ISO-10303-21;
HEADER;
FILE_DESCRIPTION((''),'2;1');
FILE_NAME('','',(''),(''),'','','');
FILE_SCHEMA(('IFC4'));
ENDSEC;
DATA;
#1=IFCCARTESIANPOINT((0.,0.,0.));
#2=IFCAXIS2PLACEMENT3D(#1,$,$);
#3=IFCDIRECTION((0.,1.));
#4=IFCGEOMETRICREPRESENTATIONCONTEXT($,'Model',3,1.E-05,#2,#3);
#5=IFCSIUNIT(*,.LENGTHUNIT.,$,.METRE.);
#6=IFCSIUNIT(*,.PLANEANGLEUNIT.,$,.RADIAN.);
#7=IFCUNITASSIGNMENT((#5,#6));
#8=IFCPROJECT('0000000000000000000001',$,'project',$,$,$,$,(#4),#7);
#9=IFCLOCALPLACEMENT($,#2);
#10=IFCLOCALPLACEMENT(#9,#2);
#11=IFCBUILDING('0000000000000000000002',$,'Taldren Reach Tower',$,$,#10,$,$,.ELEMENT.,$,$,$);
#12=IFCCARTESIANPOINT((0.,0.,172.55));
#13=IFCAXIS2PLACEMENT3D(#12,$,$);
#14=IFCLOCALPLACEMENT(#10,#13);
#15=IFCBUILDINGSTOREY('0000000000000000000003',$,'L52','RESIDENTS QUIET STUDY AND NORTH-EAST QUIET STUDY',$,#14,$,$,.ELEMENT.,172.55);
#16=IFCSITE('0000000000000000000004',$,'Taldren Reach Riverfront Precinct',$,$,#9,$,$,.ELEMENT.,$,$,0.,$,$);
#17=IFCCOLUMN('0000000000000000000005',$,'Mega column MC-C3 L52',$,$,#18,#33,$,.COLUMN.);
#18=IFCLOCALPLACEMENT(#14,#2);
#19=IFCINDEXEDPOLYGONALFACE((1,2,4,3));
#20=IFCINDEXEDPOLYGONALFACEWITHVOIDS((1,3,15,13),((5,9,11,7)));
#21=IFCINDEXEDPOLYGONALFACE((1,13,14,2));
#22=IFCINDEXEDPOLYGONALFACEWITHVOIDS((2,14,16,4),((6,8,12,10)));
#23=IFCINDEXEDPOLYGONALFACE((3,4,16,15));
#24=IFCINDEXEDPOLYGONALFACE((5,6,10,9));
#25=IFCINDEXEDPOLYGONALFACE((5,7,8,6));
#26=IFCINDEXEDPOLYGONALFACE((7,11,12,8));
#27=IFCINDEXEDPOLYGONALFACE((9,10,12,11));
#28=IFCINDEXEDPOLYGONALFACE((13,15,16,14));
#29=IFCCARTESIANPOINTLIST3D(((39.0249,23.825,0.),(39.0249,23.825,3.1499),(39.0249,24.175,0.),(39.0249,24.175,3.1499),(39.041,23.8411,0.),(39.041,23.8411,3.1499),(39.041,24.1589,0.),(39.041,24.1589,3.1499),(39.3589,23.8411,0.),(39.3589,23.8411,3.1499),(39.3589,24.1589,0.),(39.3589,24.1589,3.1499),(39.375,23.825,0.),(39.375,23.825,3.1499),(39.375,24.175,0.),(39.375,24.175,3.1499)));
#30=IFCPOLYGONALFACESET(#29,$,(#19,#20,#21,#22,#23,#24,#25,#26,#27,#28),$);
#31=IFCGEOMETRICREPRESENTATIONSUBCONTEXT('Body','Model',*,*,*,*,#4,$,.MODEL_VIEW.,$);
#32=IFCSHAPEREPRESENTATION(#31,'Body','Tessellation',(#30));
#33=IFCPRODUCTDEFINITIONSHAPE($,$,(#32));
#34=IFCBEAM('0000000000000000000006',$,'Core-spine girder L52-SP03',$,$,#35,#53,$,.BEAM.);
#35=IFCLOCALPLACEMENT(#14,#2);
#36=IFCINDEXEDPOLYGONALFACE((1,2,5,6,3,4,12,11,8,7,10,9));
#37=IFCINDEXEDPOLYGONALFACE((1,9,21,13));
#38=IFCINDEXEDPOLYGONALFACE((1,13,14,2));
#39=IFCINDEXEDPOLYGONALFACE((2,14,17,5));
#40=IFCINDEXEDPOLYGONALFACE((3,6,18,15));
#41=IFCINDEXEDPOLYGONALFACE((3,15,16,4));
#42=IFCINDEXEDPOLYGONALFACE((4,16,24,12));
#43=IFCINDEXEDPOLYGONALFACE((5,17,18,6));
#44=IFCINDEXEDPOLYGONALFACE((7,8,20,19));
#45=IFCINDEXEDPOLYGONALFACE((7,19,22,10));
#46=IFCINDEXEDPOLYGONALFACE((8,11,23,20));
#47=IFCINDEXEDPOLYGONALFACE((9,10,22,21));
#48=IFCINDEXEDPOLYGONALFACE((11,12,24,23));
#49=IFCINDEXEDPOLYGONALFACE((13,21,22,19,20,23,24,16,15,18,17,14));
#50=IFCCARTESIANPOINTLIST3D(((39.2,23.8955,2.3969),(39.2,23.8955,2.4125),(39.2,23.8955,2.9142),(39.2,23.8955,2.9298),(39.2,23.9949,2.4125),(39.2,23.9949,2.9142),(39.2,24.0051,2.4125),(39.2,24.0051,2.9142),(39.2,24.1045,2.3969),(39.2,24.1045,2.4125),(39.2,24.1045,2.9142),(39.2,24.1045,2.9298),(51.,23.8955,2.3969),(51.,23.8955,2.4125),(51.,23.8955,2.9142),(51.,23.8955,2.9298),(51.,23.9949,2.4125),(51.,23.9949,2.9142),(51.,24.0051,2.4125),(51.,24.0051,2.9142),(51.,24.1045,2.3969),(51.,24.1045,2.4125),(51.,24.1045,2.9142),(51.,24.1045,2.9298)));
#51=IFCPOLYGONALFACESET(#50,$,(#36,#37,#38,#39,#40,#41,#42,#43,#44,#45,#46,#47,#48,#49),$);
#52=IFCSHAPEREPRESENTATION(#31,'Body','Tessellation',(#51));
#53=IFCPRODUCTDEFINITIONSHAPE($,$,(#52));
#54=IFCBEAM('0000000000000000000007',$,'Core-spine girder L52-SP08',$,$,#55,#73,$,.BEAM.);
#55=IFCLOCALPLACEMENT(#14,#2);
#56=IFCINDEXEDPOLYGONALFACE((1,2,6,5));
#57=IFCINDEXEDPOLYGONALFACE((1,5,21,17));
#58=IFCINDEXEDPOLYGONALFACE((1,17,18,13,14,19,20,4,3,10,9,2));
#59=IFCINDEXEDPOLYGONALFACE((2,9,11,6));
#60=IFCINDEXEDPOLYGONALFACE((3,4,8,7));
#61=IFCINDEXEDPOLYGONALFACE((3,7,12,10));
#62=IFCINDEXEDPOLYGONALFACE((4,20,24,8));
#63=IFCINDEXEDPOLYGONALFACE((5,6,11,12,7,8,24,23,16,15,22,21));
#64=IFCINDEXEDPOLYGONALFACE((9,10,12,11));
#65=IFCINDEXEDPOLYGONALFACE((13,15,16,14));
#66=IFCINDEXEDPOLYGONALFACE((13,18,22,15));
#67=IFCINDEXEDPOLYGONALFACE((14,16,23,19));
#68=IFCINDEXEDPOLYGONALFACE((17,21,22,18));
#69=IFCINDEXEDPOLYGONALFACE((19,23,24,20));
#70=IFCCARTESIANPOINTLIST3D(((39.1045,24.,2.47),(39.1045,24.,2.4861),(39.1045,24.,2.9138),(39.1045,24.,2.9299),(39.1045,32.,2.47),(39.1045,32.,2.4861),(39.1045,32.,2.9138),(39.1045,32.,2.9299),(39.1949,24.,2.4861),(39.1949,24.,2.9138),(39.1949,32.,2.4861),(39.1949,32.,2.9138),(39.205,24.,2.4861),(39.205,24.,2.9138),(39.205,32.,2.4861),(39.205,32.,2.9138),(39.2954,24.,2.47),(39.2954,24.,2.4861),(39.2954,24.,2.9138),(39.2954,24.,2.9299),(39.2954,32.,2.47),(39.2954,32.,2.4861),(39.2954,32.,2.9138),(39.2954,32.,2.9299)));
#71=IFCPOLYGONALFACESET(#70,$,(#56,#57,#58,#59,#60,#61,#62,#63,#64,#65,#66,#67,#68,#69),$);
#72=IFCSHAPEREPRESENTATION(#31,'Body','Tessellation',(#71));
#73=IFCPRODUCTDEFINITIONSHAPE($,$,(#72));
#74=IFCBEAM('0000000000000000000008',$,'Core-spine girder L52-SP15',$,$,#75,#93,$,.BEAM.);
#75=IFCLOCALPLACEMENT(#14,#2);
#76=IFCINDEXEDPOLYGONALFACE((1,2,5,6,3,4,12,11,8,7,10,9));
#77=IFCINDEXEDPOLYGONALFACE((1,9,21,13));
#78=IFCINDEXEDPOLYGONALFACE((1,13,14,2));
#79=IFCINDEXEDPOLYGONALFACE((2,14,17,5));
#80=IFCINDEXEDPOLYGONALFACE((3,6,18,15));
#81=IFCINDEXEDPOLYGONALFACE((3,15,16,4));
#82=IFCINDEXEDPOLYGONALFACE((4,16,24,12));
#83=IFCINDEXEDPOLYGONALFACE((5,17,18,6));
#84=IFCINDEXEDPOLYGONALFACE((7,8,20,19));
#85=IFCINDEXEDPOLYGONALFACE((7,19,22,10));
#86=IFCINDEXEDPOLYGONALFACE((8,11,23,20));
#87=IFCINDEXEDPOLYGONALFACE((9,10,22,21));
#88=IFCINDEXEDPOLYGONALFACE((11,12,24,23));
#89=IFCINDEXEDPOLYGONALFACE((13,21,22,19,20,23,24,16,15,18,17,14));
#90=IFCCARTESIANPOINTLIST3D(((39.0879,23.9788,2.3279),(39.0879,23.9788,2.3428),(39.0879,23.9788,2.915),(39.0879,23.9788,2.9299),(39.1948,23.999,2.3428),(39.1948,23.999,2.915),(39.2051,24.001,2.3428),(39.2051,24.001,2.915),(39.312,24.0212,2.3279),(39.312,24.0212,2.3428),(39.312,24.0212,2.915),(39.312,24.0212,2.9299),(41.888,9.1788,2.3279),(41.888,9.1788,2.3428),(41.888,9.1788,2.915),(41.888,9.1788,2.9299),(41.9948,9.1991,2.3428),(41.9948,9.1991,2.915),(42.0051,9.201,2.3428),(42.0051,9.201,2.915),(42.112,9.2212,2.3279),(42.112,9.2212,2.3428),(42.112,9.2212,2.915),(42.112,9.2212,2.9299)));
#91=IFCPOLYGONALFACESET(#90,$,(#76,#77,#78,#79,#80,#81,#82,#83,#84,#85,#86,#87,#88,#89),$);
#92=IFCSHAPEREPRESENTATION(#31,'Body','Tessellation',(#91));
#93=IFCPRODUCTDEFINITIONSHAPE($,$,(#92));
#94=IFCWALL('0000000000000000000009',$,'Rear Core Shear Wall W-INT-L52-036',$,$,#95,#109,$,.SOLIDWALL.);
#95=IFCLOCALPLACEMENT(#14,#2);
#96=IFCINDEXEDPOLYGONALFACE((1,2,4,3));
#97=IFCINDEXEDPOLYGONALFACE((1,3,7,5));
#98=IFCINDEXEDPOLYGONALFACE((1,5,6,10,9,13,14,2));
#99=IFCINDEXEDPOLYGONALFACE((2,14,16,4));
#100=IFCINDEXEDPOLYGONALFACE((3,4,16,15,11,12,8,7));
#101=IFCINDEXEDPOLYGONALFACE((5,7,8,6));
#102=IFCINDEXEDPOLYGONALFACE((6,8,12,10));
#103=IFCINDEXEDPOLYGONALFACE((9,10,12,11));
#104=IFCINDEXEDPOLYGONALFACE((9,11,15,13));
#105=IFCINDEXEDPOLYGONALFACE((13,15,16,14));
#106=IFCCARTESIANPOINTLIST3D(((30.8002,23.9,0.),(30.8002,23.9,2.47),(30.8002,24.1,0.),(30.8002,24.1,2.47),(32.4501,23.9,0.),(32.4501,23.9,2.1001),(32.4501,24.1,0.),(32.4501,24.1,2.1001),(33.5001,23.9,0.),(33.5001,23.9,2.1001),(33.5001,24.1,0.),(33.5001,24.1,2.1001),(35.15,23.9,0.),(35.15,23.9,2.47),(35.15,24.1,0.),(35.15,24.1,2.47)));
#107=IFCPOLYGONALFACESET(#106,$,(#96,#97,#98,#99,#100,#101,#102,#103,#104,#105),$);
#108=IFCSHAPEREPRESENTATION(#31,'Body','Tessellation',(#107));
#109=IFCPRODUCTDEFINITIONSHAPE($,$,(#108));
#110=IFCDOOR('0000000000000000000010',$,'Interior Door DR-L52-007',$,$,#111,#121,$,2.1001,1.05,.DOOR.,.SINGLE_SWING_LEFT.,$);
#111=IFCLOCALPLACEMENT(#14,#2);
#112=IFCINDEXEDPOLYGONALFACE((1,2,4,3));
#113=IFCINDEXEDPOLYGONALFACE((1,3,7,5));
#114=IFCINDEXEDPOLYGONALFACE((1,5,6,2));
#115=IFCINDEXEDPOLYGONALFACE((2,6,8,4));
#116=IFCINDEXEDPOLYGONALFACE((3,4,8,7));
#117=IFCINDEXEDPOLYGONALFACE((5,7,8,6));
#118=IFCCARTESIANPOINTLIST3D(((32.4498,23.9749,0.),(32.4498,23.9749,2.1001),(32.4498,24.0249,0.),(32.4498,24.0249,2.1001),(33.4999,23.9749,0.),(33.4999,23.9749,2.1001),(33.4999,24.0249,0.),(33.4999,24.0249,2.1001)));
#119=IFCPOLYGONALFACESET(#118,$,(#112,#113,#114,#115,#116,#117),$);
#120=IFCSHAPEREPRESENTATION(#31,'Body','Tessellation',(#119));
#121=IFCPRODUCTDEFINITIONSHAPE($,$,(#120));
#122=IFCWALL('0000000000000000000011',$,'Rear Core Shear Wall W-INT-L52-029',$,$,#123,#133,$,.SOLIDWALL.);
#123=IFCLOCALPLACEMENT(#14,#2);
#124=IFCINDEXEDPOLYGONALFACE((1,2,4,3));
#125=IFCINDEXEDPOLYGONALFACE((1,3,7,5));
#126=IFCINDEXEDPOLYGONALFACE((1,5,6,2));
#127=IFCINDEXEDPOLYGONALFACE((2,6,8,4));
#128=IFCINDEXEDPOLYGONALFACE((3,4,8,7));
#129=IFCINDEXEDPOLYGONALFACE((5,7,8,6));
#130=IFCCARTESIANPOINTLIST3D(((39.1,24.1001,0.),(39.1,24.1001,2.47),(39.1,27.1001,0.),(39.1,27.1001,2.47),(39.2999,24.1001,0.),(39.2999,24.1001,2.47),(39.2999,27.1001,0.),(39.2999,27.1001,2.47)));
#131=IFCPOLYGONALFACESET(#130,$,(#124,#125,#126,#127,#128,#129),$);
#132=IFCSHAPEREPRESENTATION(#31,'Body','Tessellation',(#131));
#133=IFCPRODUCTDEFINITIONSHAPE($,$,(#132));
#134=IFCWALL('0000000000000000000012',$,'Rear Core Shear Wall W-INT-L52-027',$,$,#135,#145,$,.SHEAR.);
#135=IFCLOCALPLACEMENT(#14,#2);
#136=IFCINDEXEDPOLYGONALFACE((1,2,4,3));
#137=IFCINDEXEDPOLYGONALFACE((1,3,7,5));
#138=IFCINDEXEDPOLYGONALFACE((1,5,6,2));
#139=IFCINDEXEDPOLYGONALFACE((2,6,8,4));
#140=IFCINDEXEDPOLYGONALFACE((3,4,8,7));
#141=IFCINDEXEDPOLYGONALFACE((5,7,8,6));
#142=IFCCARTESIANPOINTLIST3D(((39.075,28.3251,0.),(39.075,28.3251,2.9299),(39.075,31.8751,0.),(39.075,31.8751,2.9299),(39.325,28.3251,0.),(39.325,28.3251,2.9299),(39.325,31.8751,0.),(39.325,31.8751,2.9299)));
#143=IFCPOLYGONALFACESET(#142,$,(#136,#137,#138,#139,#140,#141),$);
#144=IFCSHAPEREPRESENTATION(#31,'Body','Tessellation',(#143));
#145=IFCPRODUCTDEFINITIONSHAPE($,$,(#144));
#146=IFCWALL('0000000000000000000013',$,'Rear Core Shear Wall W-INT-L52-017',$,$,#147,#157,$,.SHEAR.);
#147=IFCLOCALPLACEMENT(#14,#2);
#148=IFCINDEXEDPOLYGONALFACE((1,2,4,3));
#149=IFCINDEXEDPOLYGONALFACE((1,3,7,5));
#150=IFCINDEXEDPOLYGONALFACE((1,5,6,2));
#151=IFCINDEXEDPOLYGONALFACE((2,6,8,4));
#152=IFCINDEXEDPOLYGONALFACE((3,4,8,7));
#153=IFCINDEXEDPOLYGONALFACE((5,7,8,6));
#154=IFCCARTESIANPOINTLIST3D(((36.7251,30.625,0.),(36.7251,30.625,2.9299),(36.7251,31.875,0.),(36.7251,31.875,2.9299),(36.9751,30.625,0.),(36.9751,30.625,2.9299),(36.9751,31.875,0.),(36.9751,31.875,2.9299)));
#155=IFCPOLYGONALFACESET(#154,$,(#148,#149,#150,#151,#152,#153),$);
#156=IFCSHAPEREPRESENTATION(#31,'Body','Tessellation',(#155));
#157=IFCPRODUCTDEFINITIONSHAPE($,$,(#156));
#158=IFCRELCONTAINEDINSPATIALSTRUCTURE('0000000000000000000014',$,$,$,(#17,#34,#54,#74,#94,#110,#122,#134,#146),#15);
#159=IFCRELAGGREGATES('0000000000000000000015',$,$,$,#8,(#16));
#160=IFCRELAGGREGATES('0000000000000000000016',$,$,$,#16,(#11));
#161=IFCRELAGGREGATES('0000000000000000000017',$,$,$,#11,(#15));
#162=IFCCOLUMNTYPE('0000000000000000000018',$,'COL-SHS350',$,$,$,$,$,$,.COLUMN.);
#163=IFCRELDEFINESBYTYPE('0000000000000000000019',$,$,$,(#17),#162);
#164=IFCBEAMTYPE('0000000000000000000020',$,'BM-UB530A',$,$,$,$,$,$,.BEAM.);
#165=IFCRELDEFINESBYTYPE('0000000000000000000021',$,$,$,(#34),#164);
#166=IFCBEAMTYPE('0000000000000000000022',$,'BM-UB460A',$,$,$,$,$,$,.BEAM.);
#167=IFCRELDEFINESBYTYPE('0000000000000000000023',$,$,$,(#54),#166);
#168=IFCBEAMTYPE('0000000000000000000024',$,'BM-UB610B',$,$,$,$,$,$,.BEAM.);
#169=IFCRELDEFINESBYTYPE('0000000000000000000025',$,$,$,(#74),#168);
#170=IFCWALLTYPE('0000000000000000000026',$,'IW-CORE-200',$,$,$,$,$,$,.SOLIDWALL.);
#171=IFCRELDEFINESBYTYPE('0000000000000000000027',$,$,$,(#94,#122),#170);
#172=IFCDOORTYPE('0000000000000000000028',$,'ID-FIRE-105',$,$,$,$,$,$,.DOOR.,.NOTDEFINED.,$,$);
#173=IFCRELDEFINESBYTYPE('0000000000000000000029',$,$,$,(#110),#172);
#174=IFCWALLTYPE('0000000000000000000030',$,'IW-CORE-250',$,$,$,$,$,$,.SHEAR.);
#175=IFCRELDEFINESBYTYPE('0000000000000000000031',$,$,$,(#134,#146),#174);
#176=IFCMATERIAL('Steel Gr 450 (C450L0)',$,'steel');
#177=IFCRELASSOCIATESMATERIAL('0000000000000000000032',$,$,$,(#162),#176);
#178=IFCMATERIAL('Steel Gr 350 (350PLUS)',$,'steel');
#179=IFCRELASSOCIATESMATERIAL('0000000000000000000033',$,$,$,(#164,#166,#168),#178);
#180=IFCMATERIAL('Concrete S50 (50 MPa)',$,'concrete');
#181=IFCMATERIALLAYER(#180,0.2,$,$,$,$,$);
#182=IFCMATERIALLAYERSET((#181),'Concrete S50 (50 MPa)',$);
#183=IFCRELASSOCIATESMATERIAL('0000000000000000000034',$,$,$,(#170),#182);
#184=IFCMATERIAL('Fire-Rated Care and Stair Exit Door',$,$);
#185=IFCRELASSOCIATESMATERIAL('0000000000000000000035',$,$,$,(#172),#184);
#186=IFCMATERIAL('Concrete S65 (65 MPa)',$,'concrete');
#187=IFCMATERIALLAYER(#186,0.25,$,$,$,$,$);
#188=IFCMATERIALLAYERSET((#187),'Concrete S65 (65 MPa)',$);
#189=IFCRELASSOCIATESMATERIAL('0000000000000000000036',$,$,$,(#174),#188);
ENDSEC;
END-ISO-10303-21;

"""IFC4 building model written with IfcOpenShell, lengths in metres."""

from ifc_helpers import new_model, si_unit, direction, frame, frame_2d, origin, origin_2d, place, context, subcontext, project, spatial, rectangle, hollow_rectangle, i_section, extrude, source, transform, mapped, material, layer, layer_set, material_profile, profile_set, type_object, element, fill, save


model = new_model("IFC4")

# Units and contexts
model_context = context("Model", 3, precision=1e-05, world=origin(), true_north=direction((0.0, 1.0)))
body_context = subcontext(model_context, "Body", "Model", "MODEL_VIEW")
ifc_project = project(units=[si_unit("LENGTHUNIT", "METRE"), si_unit("PLANEANGLEUNIT", "RADIAN")], contexts=[model_context])

# Site, building, storey
site_placement = place(None, origin())
site = spatial("IfcSite", under=ifc_project, at=site_placement, Name="Taldren Reach Riverfront Precinct", CompositionType="ELEMENT", RefElevation=0.0)
building_placement = place(site_placement, origin())
building = spatial("IfcBuilding", under=site, at=building_placement, Name="Taldren Reach Tower", CompositionType="ELEMENT")
storey_placement = place(building_placement, frame((0.0, 0.0, 172.55)))
storey = spatial("IfcBuildingStorey", under=building, at=storey_placement, Name="L52", Description="RESIDENTS QUIET STUDY AND NORTH-EAST QUIET STUDY", CompositionType="ELEMENT", Elevation=172.55)

# Column
ifc_material_1 = material(Name="Steel Gr 450 (C450L0)", Category="steel")
ifc_material_profile_1 = material_profile(ifc_material_1, hollow_rectangle(XDim=0.3501, YDim=0.3501, WallThickness=0.0161, at=origin_2d()), Name="350x350x16.0SHS")
ifc_profile_set_1 = profile_set([ifc_material_profile_1], Name="Steel Gr 450 (C450L0)")
column_type = type_object("IfcColumnType", Name="COL-SHS350", PredefinedType="COLUMN", material=ifc_profile_set_1)
shared_shape_1 = source(origin(), body_context, "Body", "SweptSolid", [
    extrude(hollow_rectangle(XDim=0.3501, YDim=0.3501, WallThickness=0.0161, at=origin_2d()), origin(), (0.0, 0.0, 1.0), 3.1499),
])
column_placement = place(storey_placement, frame((39.2, 24.0, 0.0), z_axis=(0.0, 0.0, 1.0), x_axis=(1.0, 0.0, 0.0)))
element("IfcColumn", 1, at=column_placement, inside=storey, type_object=column_type, Name="Mega column MC-C3 L52", PredefinedType="COLUMN", context=body_context, shape_type="MappedRepresentation", body=[
    mapped(shared_shape_1, transform((0.0, 0.0, 0.0), scale=1.0)),
])

# Beams
ifc_material_2 = material(Name="Steel Gr 350 (350PLUS)", Category="steel")
ifc_material_profile_2 = material_profile(ifc_material_2, i_section(OverallWidth=0.209, OverallDepth=0.533, WebThickness=0.0103, FlangeThickness=0.0156, at=origin_2d()), Name="530UB92.4")
ifc_profile_set_2 = profile_set([ifc_material_profile_2], Name="Steel Gr 350 (350PLUS)")
beam_type_1 = type_object("IfcBeamType", Name="BM-UB530A", PredefinedType="BEAM", material=ifc_profile_set_2)
shared_shape_2 = source(origin(), body_context, "Body", "SweptSolid", [
    extrude(i_section(OverallWidth=0.209, OverallDepth=0.533, WebThickness=0.0103, FlangeThickness=0.0156, at=origin_2d()), origin(), (0.0, 0.0, 1.0), 11.8),
])
beam_1_placement = place(storey_placement, frame((39.2, 24.0, 2.6633), z_axis=(1.0, 0.0, 0.0), x_axis=(0.0, 1.0, 0.0)))
element("IfcBeam", 2, at=beam_1_placement, inside=storey, type_object=beam_type_1, Name="Core-spine girder L52-SP03", PredefinedType="BEAM", context=body_context, shape_type="MappedRepresentation", body=[
    mapped(shared_shape_2, transform((0.0, 0.0, 0.0), scale=1.0)),
])
ifc_material_profile_3 = material_profile(ifc_material_2, i_section(OverallWidth=0.1909, OverallDepth=0.46, WebThickness=0.01, FlangeThickness=0.0161, at=origin_2d()), Name="460UB82.1")
ifc_profile_set_3 = profile_set([ifc_material_profile_3], Name="Steel Gr 350 (350PLUS)")
beam_type_2 = type_object("IfcBeamType", Name="BM-UB460A", PredefinedType="BEAM", material=ifc_profile_set_3)
shared_shape_3 = source(origin(), body_context, "Body", "SweptSolid", [
    extrude(i_section(OverallWidth=0.1909, OverallDepth=0.46, WebThickness=0.01, FlangeThickness=0.0161, at=origin_2d()), origin(), (0.0, 0.0, 1.0), 8.0),
])
beam_2_placement = place(storey_placement, frame((39.2, 24.0, 2.7), z_axis=(0.0, 1.0, 0.0), x_axis=(-1.0, 0.0, 0.0)))
element("IfcBeam", 3, at=beam_2_placement, inside=storey, type_object=beam_type_2, Name="Core-spine girder L52-SP08", PredefinedType="BEAM", context=body_context, shape_type="MappedRepresentation", body=[
    mapped(shared_shape_3, transform((0.0, 0.0, 0.0), scale=1.0)),
])
ifc_material_profile_4 = material_profile(ifc_material_2, i_section(OverallWidth=0.228, OverallDepth=0.6021, WebThickness=0.0105, FlangeThickness=0.0149, at=origin_2d()), Name="610UB101")
ifc_profile_set_4 = profile_set([ifc_material_profile_4], Name="Steel Gr 350 (350PLUS)")
beam_type_3 = type_object("IfcBeamType", Name="BM-UB610B", PredefinedType="BEAM", material=ifc_profile_set_4)
shared_shape_4 = source(origin(), body_context, "Body", "SweptSolid", [
    extrude(i_section(OverallWidth=0.228, OverallDepth=0.6021, WebThickness=0.0105, FlangeThickness=0.0149, at=origin_2d()), origin(), (0.0, 0.0, 1.0), 15.0625),
])
beam_3_placement = place(storey_placement, frame((39.2, 24.0, 2.6289), z_axis=(0.185894, -0.98257, 0.0), x_axis=(0.98257, 0.185894, 0.0)))
element("IfcBeam", 4, at=beam_3_placement, inside=storey, type_object=beam_type_3, Name="Core-spine girder L52-SP15", PredefinedType="BEAM", context=body_context, shape_type="MappedRepresentation", body=[
    mapped(shared_shape_4, transform((0.0, 0.0, 0.0), scale=1.0)),
])

# Wall, opening, door
ifc_material_3 = material(Name="Concrete S50 (50 MPa)", Category="concrete")
ifc_layer_1 = layer(ifc_material_3, 0.2)
ifc_layer_set_1 = layer_set([ifc_layer_1], Name="Concrete S50 (50 MPa)")
wall_type_1 = type_object("IfcWallType", Name="IW-CORE-200", PredefinedType="SOLIDWALL", material=ifc_layer_set_1)
shared_shape_5 = source(origin(), body_context, "Body", "SweptSolid", [
    extrude(rectangle(XDim=4.3499, YDim=0.2, at=frame_2d((2.1748, 0.0))), origin(), (0.0, 0.0, 1.0), 2.47),
])
wall_1_placement = place(storey_placement, frame((35.1499, 24.0, 0.0), z_axis=(0.0, 0.0, 1.0), x_axis=(-1.0, 0.0, 0.0)))
wall_1 = element("IfcWall", 5, at=wall_1_placement, inside=storey, type_object=wall_type_1, Name="Rear Core Shear Wall W-INT-L52-036", PredefinedType="SOLIDWALL", context=body_context, shape_type="MappedRepresentation", body=[
    mapped(shared_shape_5, transform((0.0, 0.0, 0.0), scale=1.0)),
])
shared_shape_6 = source(origin(), body_context, "Body", "SweptSolid", [
    extrude(rectangle(XDim=1.05, YDim=2.1001, at=frame_2d((0.5249, 1.05))), frame((0.0, 0.1099, 0.0), z_axis=(0.0, -1.0, 0.0), x_axis=(1.0, 0.0, 0.0)), (0.0, 0.0, 1.0), 0.22),
])
opening_1_placement = place(wall_1_placement, frame((1.6499, 0.0, 0.0)))
opening_1 = element("IfcOpeningElement", 6, at=opening_1_placement, cuts=wall_1, PredefinedType="OPENING", context=body_context, shape_type="MappedRepresentation", body=[
    mapped(shared_shape_6, transform((0.0, 0.0, 0.0), scale=1.0)),
])
ifc_material_4 = material(Name="Fire-Rated Care and Stair Exit Door")
door_type_1 = type_object("IfcDoorType", Name="ID-FIRE-105", OperationType="NOTDEFINED", PredefinedType="DOOR", material=ifc_material_4)
shared_shape_7 = source(origin(), body_context, "Body", "SweptSolid", [
    extrude(rectangle(XDim=1.05, YDim=2.1001, at=frame_2d((0.5249, 1.05))), frame((0.0, 0.0249, 0.0), z_axis=(0.0, -1.0, 0.0), x_axis=(1.0, 0.0, 0.0)), (0.0, 0.0, 1.0), 0.05),
])
door_1_placement = place(opening_1_placement, frame((1.05, 0.0, 0.0), z_axis=(0.0, 0.0, 1.0), x_axis=(-1.0, 0.0, 0.0)))
door_1 = element("IfcDoor", 7, at=door_1_placement, inside=storey, type_object=door_type_1, Name="Interior Door DR-L52-007", OperationType="SINGLE_SWING_LEFT", OverallHeight=2.1001, OverallWidth=1.05, PredefinedType="DOOR", context=body_context, shape_type="MappedRepresentation", body=[
    mapped(shared_shape_7, transform((0.0, 0.0, 0.0), scale=1.0)),
])
fill(opening_1, door_1)

# Walls
shared_shape_8 = source(origin(), body_context, "Body", "SweptSolid", [
    extrude(rectangle(XDim=3.0, YDim=0.2, at=frame_2d((1.5, 0.0))), origin(), (0.0, 0.0, 1.0), 2.47),
])
wall_2_placement = place(storey_placement, frame((39.2, 24.1001, 0.0), z_axis=(0.0, 0.0, 1.0), x_axis=(0.0, 1.0, 0.0)))
element("IfcWall", 8, at=wall_2_placement, inside=storey, type_object=wall_type_1, Name="Rear Core Shear Wall W-INT-L52-029", PredefinedType="SOLIDWALL", context=body_context, shape_type="MappedRepresentation", body=[
    mapped(shared_shape_8, transform((0.0, 0.0, 0.0), scale=1.0)),
])
ifc_material_5 = material(Name="Concrete S65 (65 MPa)", Category="concrete")
ifc_layer_2 = layer(ifc_material_5, 0.25)
ifc_layer_set_2 = layer_set([ifc_layer_2], Name="Concrete S65 (65 MPa)")
wall_type_2 = type_object("IfcWallType", Name="IW-CORE-250", PredefinedType="SHEAR", material=ifc_layer_set_2)
shared_shape_9 = source(origin(), body_context, "Body", "SweptSolid", [
    extrude(rectangle(XDim=3.55, YDim=0.25, at=frame_2d((1.7749, 0.0))), origin(), (0.0, 0.0, 1.0), 2.9299),
])
wall_3_placement = place(storey_placement, frame((39.2, 31.875, 0.0), z_axis=(0.0, 0.0, 1.0), x_axis=(0.0, -1.0, 0.0)))
element("IfcWall", 9, at=wall_3_placement, inside=storey, type_object=wall_type_2, Name="Rear Core Shear Wall W-INT-L52-027", PredefinedType="SHEAR", context=body_context, shape_type="MappedRepresentation", body=[
    mapped(shared_shape_9, transform((0.0, 0.0, 0.0), scale=1.0)),
])
shared_shape_10 = source(origin(), body_context, "Body", "SweptSolid", [
    extrude(rectangle(XDim=1.25, YDim=0.25, at=frame_2d((0.625, 0.0))), origin(), (0.0, 0.0, 1.0), 2.9299),
])
for number, where, z_axis, x_axis, name in (
    (10, (36.8501, 30.625, 0.0), (0.0, 0.0, 1.0), (0.0, 1.0, 0.0), "Rear Core Shear Wall W-INT-L52-017"),
):
    element("IfcWall", number, at=place(storey_placement, frame(where, z_axis=z_axis, x_axis=x_axis)), inside=storey, type_object=wall_type_2, Name=name, PredefinedType="SHEAR", context=body_context, shape_type="MappedRepresentation", body=[
        mapped(shared_shape_10, transform((0.0, 0.0, 0.0), scale=1.0)),
    ])

save(model, "model.ifc")
